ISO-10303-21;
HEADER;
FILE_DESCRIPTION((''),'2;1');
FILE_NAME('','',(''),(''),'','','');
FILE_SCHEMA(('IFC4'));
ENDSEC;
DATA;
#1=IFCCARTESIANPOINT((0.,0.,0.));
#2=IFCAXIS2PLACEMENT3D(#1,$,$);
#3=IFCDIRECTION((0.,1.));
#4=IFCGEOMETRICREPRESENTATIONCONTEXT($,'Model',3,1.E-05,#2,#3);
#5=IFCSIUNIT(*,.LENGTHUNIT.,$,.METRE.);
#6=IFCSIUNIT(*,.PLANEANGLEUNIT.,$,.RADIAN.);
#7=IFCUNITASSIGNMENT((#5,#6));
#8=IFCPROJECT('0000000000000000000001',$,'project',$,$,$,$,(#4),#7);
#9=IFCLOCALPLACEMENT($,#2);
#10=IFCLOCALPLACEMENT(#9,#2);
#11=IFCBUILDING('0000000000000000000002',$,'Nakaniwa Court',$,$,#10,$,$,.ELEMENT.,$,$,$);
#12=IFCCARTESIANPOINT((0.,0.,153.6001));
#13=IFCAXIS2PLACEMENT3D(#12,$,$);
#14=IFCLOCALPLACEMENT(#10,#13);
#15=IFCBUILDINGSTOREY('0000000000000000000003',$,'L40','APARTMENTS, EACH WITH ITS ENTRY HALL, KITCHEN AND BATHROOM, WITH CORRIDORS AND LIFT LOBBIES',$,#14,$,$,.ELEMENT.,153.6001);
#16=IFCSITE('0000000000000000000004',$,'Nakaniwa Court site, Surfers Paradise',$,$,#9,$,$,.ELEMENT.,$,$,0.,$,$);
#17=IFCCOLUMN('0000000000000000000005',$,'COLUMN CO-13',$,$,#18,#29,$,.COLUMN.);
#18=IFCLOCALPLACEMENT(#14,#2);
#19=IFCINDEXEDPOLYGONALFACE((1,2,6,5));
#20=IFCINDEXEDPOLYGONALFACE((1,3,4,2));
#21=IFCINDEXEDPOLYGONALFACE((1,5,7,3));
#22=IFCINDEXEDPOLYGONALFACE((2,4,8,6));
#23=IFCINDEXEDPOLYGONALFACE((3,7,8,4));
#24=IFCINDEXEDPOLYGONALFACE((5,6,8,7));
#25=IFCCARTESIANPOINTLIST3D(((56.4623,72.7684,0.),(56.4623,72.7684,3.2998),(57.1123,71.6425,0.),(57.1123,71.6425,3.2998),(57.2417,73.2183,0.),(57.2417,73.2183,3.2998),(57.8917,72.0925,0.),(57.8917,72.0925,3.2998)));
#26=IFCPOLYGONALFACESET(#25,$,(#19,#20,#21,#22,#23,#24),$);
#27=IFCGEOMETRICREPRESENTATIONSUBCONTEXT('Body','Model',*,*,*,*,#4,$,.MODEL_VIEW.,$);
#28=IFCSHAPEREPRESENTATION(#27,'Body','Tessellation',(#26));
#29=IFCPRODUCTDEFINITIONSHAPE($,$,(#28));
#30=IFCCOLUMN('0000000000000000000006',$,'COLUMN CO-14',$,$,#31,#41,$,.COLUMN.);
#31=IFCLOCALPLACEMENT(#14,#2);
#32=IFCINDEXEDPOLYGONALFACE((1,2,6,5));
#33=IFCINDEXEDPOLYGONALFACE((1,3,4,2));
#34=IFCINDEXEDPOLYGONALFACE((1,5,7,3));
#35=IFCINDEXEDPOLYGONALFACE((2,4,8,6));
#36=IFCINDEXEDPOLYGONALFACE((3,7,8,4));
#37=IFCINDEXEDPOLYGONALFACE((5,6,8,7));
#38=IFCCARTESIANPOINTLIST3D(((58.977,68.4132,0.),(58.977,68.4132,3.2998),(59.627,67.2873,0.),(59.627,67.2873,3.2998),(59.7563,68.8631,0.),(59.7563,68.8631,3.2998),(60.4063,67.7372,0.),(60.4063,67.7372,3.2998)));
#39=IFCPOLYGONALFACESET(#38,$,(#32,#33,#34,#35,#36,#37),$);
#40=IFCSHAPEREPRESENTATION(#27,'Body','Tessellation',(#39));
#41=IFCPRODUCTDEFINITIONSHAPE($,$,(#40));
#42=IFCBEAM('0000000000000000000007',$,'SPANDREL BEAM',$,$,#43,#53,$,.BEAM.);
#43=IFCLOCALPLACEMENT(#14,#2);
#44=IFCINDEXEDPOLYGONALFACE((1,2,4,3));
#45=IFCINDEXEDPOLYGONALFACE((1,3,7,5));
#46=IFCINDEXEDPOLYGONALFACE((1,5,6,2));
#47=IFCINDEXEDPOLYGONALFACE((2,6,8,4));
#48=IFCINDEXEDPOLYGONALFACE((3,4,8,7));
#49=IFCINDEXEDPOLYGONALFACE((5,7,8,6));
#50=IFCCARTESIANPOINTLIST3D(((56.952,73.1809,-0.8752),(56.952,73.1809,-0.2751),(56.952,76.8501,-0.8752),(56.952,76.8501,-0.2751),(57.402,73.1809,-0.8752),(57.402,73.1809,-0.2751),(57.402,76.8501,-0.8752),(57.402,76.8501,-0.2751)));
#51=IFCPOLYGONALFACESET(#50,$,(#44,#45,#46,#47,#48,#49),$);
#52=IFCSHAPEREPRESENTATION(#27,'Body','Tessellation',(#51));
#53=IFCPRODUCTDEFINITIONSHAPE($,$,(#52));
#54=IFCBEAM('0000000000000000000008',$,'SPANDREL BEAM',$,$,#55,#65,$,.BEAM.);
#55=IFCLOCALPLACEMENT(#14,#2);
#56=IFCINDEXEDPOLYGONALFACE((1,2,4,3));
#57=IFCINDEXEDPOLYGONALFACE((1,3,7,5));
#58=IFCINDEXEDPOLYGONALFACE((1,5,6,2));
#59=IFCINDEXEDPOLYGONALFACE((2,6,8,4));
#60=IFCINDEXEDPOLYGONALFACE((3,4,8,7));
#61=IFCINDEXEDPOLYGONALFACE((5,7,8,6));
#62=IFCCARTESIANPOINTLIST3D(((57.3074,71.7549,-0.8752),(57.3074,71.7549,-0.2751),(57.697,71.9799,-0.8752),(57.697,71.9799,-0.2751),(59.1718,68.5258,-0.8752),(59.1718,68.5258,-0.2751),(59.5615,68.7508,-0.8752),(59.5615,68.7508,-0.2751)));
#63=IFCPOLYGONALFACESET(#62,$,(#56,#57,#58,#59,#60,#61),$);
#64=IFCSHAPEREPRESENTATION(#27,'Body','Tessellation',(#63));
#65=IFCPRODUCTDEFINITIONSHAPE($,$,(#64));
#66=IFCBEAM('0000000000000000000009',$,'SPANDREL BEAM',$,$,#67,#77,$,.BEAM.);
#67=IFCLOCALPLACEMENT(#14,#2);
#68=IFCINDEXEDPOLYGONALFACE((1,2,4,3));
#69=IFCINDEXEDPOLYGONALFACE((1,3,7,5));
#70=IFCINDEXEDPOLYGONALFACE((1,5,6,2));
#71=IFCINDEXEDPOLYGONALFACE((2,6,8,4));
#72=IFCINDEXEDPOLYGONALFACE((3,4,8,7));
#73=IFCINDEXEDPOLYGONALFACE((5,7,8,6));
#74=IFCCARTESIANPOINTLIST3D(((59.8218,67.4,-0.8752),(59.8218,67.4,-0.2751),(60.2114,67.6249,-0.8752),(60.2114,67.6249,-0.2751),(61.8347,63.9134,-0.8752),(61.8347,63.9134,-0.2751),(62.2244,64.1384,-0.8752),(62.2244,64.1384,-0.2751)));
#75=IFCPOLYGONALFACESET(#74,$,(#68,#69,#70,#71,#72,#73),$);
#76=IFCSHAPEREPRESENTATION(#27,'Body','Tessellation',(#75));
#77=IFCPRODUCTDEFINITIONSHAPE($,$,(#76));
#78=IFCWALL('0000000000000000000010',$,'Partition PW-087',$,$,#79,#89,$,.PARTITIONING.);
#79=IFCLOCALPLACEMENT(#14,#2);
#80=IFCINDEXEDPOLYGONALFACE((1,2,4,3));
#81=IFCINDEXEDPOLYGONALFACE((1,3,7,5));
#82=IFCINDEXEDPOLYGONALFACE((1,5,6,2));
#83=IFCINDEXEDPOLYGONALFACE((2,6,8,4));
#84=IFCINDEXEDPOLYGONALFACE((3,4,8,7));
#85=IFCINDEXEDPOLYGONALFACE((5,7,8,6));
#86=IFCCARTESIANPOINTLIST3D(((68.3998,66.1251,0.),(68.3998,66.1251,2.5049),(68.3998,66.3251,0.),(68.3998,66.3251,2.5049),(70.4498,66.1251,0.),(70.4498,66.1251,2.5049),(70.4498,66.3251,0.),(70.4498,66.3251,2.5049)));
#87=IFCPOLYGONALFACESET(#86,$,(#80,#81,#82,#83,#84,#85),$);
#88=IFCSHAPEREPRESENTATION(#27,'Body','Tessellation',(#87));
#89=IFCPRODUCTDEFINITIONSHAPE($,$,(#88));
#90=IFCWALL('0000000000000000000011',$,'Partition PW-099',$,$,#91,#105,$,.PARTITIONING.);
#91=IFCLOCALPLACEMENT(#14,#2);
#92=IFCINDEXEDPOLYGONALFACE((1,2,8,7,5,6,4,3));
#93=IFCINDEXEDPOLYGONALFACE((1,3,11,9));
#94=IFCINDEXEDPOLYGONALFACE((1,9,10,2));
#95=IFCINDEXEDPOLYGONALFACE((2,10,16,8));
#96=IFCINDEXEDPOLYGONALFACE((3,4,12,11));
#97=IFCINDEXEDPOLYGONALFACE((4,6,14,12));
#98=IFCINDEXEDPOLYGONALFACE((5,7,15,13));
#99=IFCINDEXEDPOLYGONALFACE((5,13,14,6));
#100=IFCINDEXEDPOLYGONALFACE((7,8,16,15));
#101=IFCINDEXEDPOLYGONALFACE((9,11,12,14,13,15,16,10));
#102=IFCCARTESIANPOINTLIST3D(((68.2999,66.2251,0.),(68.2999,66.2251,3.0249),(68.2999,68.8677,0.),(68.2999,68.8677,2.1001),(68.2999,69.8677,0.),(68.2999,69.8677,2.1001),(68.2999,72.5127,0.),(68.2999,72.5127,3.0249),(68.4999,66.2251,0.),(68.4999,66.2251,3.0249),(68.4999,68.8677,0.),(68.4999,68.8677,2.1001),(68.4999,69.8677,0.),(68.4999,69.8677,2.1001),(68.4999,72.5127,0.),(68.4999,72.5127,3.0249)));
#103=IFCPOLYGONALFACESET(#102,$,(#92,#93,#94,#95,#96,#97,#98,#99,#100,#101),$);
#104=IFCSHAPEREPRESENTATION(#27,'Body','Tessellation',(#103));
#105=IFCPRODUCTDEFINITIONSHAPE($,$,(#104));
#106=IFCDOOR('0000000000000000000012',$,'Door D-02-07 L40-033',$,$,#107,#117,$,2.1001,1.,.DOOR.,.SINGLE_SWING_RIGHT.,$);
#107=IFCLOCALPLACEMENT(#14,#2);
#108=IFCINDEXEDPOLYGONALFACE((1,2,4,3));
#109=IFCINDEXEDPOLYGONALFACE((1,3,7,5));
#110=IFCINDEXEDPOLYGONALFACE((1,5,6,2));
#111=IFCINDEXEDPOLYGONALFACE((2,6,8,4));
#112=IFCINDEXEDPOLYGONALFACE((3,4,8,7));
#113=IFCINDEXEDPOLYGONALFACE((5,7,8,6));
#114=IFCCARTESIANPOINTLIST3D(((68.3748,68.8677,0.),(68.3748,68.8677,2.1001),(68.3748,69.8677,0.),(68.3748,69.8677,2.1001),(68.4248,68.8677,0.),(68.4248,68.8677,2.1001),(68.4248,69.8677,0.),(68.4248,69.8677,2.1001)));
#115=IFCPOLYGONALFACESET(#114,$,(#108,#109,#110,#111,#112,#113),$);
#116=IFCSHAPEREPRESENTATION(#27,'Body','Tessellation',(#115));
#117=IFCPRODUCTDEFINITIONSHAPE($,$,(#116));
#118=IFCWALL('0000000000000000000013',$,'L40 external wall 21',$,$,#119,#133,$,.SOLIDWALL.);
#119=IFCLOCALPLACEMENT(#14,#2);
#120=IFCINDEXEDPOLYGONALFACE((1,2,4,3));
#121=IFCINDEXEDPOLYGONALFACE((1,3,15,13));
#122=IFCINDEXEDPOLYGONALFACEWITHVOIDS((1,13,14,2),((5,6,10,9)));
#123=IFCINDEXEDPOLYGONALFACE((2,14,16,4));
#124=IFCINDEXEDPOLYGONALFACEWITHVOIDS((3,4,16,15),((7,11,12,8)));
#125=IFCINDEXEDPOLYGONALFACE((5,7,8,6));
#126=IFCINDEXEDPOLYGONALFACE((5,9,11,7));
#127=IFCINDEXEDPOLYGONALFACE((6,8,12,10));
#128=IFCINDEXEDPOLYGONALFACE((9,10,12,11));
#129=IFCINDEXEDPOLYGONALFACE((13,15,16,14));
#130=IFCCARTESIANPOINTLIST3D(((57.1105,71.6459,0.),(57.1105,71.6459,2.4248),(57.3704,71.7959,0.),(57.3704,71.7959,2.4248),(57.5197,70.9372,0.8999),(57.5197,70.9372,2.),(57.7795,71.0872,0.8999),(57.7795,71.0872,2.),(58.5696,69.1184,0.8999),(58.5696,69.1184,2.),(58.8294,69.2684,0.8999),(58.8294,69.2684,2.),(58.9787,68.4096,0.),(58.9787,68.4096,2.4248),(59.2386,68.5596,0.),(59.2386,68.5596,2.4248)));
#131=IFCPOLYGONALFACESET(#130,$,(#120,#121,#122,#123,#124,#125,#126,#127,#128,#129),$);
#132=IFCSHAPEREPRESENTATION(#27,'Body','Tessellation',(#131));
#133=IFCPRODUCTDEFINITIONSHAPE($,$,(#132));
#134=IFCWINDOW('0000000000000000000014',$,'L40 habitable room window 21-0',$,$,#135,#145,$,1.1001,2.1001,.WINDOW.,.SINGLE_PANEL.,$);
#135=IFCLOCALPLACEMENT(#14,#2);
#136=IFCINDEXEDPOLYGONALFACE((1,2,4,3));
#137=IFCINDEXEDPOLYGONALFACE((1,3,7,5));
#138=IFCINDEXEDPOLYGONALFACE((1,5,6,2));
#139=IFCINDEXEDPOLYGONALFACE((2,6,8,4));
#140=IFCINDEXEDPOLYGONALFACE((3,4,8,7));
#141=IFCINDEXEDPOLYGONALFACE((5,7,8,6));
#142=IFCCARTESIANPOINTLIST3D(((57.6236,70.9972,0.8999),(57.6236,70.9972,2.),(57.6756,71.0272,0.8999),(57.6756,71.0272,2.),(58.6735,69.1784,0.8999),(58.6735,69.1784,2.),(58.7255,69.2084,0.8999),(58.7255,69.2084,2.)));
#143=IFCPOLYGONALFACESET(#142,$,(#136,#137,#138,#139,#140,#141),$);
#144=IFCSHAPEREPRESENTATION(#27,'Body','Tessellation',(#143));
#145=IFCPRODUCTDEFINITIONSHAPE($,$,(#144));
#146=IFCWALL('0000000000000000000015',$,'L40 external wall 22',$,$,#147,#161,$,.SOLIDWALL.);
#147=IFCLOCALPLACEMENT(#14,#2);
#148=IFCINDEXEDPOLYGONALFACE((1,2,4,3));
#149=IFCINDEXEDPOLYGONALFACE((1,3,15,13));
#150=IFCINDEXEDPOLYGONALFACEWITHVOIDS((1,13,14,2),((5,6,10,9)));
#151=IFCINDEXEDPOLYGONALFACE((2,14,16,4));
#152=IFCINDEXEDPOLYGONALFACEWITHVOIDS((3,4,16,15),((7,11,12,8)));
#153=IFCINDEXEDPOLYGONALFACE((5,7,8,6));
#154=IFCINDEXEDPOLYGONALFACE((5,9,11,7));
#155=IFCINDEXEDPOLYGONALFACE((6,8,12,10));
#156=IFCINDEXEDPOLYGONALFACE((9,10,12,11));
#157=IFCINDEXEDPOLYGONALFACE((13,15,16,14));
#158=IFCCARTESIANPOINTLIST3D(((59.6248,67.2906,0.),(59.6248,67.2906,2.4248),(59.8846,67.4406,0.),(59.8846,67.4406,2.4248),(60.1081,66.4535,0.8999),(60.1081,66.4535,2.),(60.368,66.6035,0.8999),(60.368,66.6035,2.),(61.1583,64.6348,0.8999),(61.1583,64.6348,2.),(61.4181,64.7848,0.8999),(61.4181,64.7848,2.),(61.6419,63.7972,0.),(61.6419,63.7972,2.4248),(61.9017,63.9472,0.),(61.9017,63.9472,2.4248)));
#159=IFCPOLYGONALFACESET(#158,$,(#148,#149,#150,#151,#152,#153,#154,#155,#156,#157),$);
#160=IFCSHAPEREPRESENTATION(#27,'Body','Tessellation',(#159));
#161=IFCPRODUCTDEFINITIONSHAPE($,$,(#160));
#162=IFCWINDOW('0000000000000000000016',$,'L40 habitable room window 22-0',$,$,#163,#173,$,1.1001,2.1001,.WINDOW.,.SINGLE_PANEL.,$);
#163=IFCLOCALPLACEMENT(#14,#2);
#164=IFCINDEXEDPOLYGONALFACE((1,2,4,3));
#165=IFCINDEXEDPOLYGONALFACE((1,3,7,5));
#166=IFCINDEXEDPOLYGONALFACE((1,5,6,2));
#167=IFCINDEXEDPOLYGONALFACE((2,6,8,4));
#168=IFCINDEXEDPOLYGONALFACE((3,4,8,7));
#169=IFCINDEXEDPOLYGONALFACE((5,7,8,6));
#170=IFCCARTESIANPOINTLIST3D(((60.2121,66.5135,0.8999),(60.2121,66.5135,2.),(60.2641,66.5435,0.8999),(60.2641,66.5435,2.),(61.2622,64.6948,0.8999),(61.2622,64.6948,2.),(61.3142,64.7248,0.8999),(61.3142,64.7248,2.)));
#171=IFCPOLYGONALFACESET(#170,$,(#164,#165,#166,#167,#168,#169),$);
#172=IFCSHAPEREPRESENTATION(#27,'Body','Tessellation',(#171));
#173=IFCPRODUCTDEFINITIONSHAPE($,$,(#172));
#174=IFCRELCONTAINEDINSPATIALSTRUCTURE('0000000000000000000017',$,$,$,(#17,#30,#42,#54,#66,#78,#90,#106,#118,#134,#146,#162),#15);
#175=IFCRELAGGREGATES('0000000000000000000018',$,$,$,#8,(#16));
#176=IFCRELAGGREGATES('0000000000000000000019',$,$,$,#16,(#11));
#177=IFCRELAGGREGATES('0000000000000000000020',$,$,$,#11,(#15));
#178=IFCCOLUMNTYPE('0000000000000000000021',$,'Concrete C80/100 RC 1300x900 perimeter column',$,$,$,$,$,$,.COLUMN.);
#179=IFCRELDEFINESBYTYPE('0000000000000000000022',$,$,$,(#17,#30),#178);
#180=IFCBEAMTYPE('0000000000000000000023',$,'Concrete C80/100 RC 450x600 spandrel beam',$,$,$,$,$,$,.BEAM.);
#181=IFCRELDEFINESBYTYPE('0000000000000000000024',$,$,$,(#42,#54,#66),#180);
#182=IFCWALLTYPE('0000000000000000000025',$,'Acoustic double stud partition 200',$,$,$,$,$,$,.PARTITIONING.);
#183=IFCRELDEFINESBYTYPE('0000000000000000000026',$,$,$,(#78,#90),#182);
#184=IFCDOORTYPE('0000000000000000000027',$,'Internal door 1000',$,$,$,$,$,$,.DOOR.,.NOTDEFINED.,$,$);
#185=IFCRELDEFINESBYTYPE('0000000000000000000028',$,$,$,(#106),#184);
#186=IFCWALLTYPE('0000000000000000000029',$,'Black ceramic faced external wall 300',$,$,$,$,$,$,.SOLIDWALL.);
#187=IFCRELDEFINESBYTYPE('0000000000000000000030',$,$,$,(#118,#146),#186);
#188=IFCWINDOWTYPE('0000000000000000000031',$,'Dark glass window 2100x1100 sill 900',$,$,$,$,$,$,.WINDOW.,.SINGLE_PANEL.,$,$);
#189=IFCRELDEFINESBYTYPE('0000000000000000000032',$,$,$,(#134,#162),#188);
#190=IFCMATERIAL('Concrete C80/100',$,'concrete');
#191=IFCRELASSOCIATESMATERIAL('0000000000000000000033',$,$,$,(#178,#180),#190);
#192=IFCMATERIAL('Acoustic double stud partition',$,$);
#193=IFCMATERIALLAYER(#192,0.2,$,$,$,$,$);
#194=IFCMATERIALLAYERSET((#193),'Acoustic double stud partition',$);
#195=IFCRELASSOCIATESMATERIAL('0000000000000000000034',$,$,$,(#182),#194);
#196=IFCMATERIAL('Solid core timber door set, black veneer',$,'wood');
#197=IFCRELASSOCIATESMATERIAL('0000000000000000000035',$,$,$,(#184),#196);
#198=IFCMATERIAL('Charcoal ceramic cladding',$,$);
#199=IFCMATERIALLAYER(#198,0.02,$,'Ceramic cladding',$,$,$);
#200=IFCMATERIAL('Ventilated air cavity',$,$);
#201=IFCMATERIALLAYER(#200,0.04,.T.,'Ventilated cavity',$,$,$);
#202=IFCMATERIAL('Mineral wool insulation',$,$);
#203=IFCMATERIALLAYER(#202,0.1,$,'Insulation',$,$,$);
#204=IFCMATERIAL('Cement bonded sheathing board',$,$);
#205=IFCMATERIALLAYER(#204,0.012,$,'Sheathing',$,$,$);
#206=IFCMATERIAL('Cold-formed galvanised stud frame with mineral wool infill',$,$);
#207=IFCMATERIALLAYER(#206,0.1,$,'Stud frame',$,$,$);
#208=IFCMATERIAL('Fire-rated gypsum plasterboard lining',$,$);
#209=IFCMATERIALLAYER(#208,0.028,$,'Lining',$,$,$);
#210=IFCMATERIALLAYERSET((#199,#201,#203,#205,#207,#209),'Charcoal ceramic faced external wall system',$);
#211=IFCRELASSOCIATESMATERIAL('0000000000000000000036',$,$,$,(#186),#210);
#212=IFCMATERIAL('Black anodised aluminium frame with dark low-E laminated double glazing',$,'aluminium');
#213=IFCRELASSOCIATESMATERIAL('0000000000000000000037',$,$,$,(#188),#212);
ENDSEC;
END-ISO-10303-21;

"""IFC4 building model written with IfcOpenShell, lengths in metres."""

from ifc_helpers import new_model, si_unit, direction, frame, frame_2d, origin, origin_2d, place, context, subcontext, project, spatial, rectangle, extrude, material, layer, layer_set, material_profile, profile_set, type_object, element, fill, save


model = new_model("IFC4")

# Units and contexts
model_context = context("Model", 3, precision=1e-05, world=origin(), true_north=direction((0.0, 1.0)))
body_context = subcontext(model_context, "Body", "Model", "MODEL_VIEW")
ifc_project = project(units=[si_unit("LENGTHUNIT", "METRE"), si_unit("PLANEANGLEUNIT", "RADIAN")], contexts=[model_context])

# Site, building, storey
site_placement = place(None, origin())
site = spatial("IfcSite", under=ifc_project, at=site_placement, Name="Nakaniwa Court site, Surfers Paradise", CompositionType="ELEMENT", RefElevation=0.0)
building_placement = place(site_placement, origin())
building = spatial("IfcBuilding", under=site, at=building_placement, Name="Nakaniwa Court", CompositionType="ELEMENT")
storey_placement = place(building_placement, frame((0.0, 0.0, 153.6001)))
storey = spatial("IfcBuildingStorey", under=building, at=storey_placement, Name="L40", Description="APARTMENTS, EACH WITH ITS ENTRY HALL, KITCHEN AND BATHROOM, WITH CORRIDORS AND LIFT LOBBIES", CompositionType="ELEMENT", Elevation=153.6001)

# Columns
ifc_material_1 = material(Name="Concrete C80/100", Category="concrete")
ifc_material_profile_1 = material_profile(ifc_material_1, rectangle(XDim=1.3, YDim=0.8999, at=origin_2d()), Name="Concrete C80/100 RC 1300x900 perimeter column")
ifc_profile_set_1 = profile_set([ifc_material_profile_1], Name="Concrete C80/100")
column_type = type_object("IfcColumnType", Name="Concrete C80/100 RC 1300x900 perimeter column", PredefinedType="COLUMN", material=ifc_profile_set_1)
for number, where, z_axis, x_axis, name in (
    (1, (57.177, 72.4304, 0.0), (0.0, 0.0, 1.0), (0.5, -0.866025, 0.0), "COLUMN CO-13"),
    (2, (59.6917, 68.0752, 0.0), (0.0, 0.0, 1.0), (0.5, -0.866025, 0.0), "COLUMN CO-14"),
):
    element("IfcColumn", number, at=place(storey_placement, frame(where, z_axis=z_axis, x_axis=x_axis)), inside=storey, type_object=column_type, Name=name, PredefinedType="COLUMN", context=body_context, shape_type="SweptSolid", body=[
        extrude(rectangle(XDim=1.3, YDim=0.8999, at=origin_2d()), origin(), (0.0, 0.0, 1.0), 3.2998),
    ])

# Beams
ifc_material_profile_2 = material_profile(ifc_material_1, rectangle(XDim=0.45, YDim=0.6001, at=origin_2d()), Name="Concrete C80/100 RC 450x600 spandrel beam")
ifc_profile_set_2 = profile_set([ifc_material_profile_2], Name="Concrete C80/100")
beam_type = type_object("IfcBeamType", Name="Concrete C80/100 RC 450x600 spandrel beam", PredefinedType="BEAM", material=ifc_profile_set_2)
beam_1_placement = place(storey_placement, frame((57.177, 76.8501, -0.5752), z_axis=(0.0, -1.0, 0.0), x_axis=(1.0, 0.0, 0.0)))
element("IfcBeam", 3, at=beam_1_placement, inside=storey, type_object=beam_type, Name="SPANDREL BEAM", PredefinedType="BEAM", context=body_context, shape_type="SweptSolid", body=[
    extrude(rectangle(XDim=0.45, YDim=0.6001, at=origin_2d()), origin(), (0.0, 0.0, 1.0), 3.6692),
])
beam_2_placement = place(storey_placement, frame((57.5022, 71.8674, -0.5752), z_axis=(0.500019, -0.866014, 0.0), x_axis=(0.866014, 0.500019, 0.0)))
element("IfcBeam", 4, at=beam_2_placement, inside=storey, type_object=beam_type, Name="SPANDREL BEAM", PredefinedType="BEAM", context=body_context, shape_type="SweptSolid", body=[
    extrude(rectangle(XDim=0.45, YDim=0.6001, at=origin_2d()), origin(), (0.0, 0.0, 1.0), 3.7288),
])
beam_3_placement = place(storey_placement, frame((60.0166, 67.5125, -0.5752), z_axis=(0.499994, -0.866029, 0.0), x_axis=(0.866029, 0.499994, 0.0)))
element("IfcBeam", 5, at=beam_3_placement, inside=storey, type_object=beam_type, Name="SPANDREL BEAM", PredefinedType="BEAM", context=body_context, shape_type="SweptSolid", body=[
    extrude(rectangle(XDim=0.45, YDim=0.6001, at=origin_2d()), origin(), (0.0, 0.0, 1.0), 4.0259),
])

# Wall
ifc_material_2 = material(Name="Acoustic double stud partition")
ifc_layer_1 = layer(ifc_material_2, 0.2)
ifc_layer_set_1 = layer_set([ifc_layer_1], Name="Acoustic double stud partition")
wall_type_1 = type_object("IfcWallType", Name="Acoustic double stud partition 200", PredefinedType="PARTITIONING", material=ifc_layer_set_1)
wall_1_placement = place(storey_placement, frame((68.3999, 66.2251, 0.0), z_axis=(0.0, 0.0, 1.0), x_axis=(1.0, 0.0, 0.0)))
element("IfcWall", 6, at=wall_1_placement, inside=storey, type_object=wall_type_1, Name="Partition PW-087", PredefinedType="PARTITIONING", context=body_context, shape_type="SweptSolid", body=[
    extrude(rectangle(XDim=2.05, YDim=0.2, at=frame_2d((1.0249, 0.0))), origin(), (0.0, 0.0, 1.0), 2.5049),
])

# Wall, opening, door
wall_2_placement = place(storey_placement, frame((68.3999, 72.5127, 0.0), z_axis=(0.0, 0.0, 1.0), x_axis=(0.0, -1.0, 0.0)))
wall_2 = element("IfcWall", 7, at=wall_2_placement, inside=storey, type_object=wall_type_1, Name="Partition PW-099", PredefinedType="PARTITIONING", context=body_context, shape_type="SweptSolid", body=[
    extrude(rectangle(XDim=6.2876, YDim=0.2, at=frame_2d((3.1438, 0.0))), origin(), (0.0, 0.0, 1.0), 3.0249),
])
opening_1_placement = place(wall_2_placement, frame((2.645, 0.0, 0.0)))
opening_1 = element("IfcOpeningElement", 8, at=opening_1_placement, cuts=wall_2, PredefinedType="OPENING", context=body_context, shape_type="SweptSolid", body=[
    extrude(rectangle(XDim=1.0, YDim=2.1001, at=frame_2d((0.5, 1.05))), frame((0.0, 0.1099, 0.0), z_axis=(0.0, -1.0, 0.0), x_axis=(1.0, 0.0, 0.0)), (0.0, 0.0, 1.0), 0.22),
])
ifc_material_3 = material(Name="Solid core timber door set, black veneer", Category="wood")
door_type_1 = type_object("IfcDoorType", Name="Internal door 1000", OperationType="NOTDEFINED", PredefinedType="DOOR", material=ifc_material_3)
door_1_placement = place(opening_1_placement, origin())
door_1 = element("IfcDoor", 9, at=door_1_placement, inside=storey, type_object=door_type_1, Name="Door D-02-07 L40-033", OperationType="SINGLE_SWING_RIGHT", OverallHeight=2.1001, OverallWidth=1.0, PredefinedType="DOOR", context=body_context, shape_type="SweptSolid", body=[
    extrude(rectangle(XDim=1.0, YDim=2.1001, at=frame_2d((0.5, 1.05))), frame((0.0, 0.0249, 0.0), z_axis=(0.0, -1.0, 0.0), x_axis=(1.0, 0.0, 0.0)), (0.0, 0.0, 1.0), 0.05),
])
fill(opening_1, door_1)

# Walls, openings, windows
ifc_material_4 = material(Name="Charcoal ceramic cladding")
ifc_layer_2 = layer(ifc_material_4, 0.02, Name="Ceramic cladding")
ifc_material_5 = material(Name="Ventilated air cavity")
ifc_layer_3 = layer(ifc_material_5, 0.04, ventilated=True, Name="Ventilated cavity")
ifc_material_6 = material(Name="Mineral wool insulation")
ifc_layer_4 = layer(ifc_material_6, 0.1, Name="Insulation")
ifc_material_7 = material(Name="Cement bonded sheathing board")
ifc_layer_5 = layer(ifc_material_7, 0.012, Name="Sheathing")
ifc_material_8 = material(Name="Cold-formed galvanised stud frame with mineral wool infill")
ifc_layer_6 = layer(ifc_material_8, 0.1, Name="Stud frame")
ifc_material_9 = material(Name="Fire-rated gypsum plasterboard lining")
ifc_layer_7 = layer(ifc_material_9, 0.028, Name="Lining")
ifc_layer_set_2 = layer_set([ifc_layer_2, ifc_layer_3, ifc_layer_4, ifc_layer_5, ifc_layer_6, ifc_layer_7], Name="Charcoal ceramic faced external wall system")
wall_type_2 = type_object("IfcWallType", Name="Black ceramic faced external wall 300", PredefinedType="SOLIDWALL", material=ifc_layer_set_2)
wall_3_placement = place(storey_placement, frame((57.2405, 71.7209, 0.0), z_axis=(0.0, 0.0, 1.0), x_axis=(0.499934, -0.866064, 0.0)))
wall_3 = element("IfcWall", 10, at=wall_3_placement, inside=storey, type_object=wall_type_2, Name="L40 external wall 21", PredefinedType="SOLIDWALL", context=body_context, shape_type="SweptSolid", body=[
    extrude(rectangle(XDim=3.7368, YDim=0.3, at=frame_2d((1.8684, 0.0))), origin(), (0.0, 0.0, 1.0), 2.4248),
])
opening_2_placement = place(wall_3_placement, frame((0.8184, 0.0, 0.8999)))
opening_2 = element("IfcOpeningElement", 11, at=opening_2_placement, cuts=wall_3, PredefinedType="OPENING", context=body_context, shape_type="SweptSolid", body=[
    extrude(rectangle(XDim=2.1001, YDim=1.1001, at=frame_2d((1.05, 0.55))), frame((0.0, 0.1599, 0.0), z_axis=(0.0, -1.0, 0.0), x_axis=(1.0, 0.0, 0.0)), (0.0, 0.0, 1.0), 0.3201),
])
ifc_material_10 = material(Name="Black anodised aluminium frame with dark low-E laminated double glazing", Category="aluminium")
window_type = type_object("IfcWindowType", Name="Dark glass window 2100x1100 sill 900", PartitioningType="SINGLE_PANEL", PredefinedType="WINDOW", material=ifc_material_10)
window_1_placement = place(opening_2_placement, origin())
window_1 = element("IfcWindow", 12, at=window_1_placement, inside=storey, type_object=window_type, Name="L40 habitable room window 21-0", OverallHeight=1.1001, OverallWidth=2.1001, PartitioningType="SINGLE_PANEL", PredefinedType="WINDOW", context=body_context, shape_type="SweptSolid", body=[
    extrude(rectangle(XDim=2.1001, YDim=1.1001, at=frame_2d((1.05, 0.55))), frame((0.0, 0.03, 0.0), z_axis=(0.0, -1.0, 0.0), x_axis=(1.0, 0.0, 0.0)), (0.0, 0.0, 1.0), 0.0601),
])
fill(opening_2, window_1)
wall_4_placement = place(storey_placement, frame((59.7546, 67.3657, 0.0), z_axis=(0.0, 0.0, 1.0), x_axis=(0.500032, -0.866007, 0.0)))
wall_4 = element("IfcWall", 13, at=wall_4_placement, inside=storey, type_object=wall_type_2, Name="L40 external wall 22", PredefinedType="SOLIDWALL", context=body_context, shape_type="SweptSolid", body=[
    extrude(rectangle(XDim=4.0339, YDim=0.3, at=frame_2d((2.0171, 0.0))), origin(), (0.0, 0.0, 1.0), 2.4248),
])
opening_3_placement = place(wall_4_placement, frame((0.9668, 0.0, 0.8999)))
opening_3 = element("IfcOpeningElement", 14, at=opening_3_placement, cuts=wall_4, PredefinedType="OPENING", context=body_context, shape_type="SweptSolid", body=[
    extrude(rectangle(XDim=2.1001, YDim=1.1001, at=frame_2d((1.05, 0.55))), frame((0.0, 0.1599, 0.0), z_axis=(0.0, -1.0, 0.0), x_axis=(1.0, 0.0, 0.0)), (0.0, 0.0, 1.0), 0.3201),
])
window_2_placement = place(opening_3_placement, origin())
window_2 = element("IfcWindow", 15, at=window_2_placement, inside=storey, type_object=window_type, Name="L40 habitable room window 22-0", OverallHeight=1.1001, OverallWidth=2.1001, PartitioningType="SINGLE_PANEL", PredefinedType="WINDOW", context=body_context, shape_type="SweptSolid", body=[
    extrude(rectangle(XDim=2.1001, YDim=1.1001, at=frame_2d((1.05, 0.55))), frame((0.0, 0.03, 0.0), z_axis=(0.0, -1.0, 0.0), x_axis=(1.0, 0.0, 0.0)), (0.0, 0.0, 1.0), 0.0601),
])
fill(opening_3, window_2)

save(model, "model.ifc")
